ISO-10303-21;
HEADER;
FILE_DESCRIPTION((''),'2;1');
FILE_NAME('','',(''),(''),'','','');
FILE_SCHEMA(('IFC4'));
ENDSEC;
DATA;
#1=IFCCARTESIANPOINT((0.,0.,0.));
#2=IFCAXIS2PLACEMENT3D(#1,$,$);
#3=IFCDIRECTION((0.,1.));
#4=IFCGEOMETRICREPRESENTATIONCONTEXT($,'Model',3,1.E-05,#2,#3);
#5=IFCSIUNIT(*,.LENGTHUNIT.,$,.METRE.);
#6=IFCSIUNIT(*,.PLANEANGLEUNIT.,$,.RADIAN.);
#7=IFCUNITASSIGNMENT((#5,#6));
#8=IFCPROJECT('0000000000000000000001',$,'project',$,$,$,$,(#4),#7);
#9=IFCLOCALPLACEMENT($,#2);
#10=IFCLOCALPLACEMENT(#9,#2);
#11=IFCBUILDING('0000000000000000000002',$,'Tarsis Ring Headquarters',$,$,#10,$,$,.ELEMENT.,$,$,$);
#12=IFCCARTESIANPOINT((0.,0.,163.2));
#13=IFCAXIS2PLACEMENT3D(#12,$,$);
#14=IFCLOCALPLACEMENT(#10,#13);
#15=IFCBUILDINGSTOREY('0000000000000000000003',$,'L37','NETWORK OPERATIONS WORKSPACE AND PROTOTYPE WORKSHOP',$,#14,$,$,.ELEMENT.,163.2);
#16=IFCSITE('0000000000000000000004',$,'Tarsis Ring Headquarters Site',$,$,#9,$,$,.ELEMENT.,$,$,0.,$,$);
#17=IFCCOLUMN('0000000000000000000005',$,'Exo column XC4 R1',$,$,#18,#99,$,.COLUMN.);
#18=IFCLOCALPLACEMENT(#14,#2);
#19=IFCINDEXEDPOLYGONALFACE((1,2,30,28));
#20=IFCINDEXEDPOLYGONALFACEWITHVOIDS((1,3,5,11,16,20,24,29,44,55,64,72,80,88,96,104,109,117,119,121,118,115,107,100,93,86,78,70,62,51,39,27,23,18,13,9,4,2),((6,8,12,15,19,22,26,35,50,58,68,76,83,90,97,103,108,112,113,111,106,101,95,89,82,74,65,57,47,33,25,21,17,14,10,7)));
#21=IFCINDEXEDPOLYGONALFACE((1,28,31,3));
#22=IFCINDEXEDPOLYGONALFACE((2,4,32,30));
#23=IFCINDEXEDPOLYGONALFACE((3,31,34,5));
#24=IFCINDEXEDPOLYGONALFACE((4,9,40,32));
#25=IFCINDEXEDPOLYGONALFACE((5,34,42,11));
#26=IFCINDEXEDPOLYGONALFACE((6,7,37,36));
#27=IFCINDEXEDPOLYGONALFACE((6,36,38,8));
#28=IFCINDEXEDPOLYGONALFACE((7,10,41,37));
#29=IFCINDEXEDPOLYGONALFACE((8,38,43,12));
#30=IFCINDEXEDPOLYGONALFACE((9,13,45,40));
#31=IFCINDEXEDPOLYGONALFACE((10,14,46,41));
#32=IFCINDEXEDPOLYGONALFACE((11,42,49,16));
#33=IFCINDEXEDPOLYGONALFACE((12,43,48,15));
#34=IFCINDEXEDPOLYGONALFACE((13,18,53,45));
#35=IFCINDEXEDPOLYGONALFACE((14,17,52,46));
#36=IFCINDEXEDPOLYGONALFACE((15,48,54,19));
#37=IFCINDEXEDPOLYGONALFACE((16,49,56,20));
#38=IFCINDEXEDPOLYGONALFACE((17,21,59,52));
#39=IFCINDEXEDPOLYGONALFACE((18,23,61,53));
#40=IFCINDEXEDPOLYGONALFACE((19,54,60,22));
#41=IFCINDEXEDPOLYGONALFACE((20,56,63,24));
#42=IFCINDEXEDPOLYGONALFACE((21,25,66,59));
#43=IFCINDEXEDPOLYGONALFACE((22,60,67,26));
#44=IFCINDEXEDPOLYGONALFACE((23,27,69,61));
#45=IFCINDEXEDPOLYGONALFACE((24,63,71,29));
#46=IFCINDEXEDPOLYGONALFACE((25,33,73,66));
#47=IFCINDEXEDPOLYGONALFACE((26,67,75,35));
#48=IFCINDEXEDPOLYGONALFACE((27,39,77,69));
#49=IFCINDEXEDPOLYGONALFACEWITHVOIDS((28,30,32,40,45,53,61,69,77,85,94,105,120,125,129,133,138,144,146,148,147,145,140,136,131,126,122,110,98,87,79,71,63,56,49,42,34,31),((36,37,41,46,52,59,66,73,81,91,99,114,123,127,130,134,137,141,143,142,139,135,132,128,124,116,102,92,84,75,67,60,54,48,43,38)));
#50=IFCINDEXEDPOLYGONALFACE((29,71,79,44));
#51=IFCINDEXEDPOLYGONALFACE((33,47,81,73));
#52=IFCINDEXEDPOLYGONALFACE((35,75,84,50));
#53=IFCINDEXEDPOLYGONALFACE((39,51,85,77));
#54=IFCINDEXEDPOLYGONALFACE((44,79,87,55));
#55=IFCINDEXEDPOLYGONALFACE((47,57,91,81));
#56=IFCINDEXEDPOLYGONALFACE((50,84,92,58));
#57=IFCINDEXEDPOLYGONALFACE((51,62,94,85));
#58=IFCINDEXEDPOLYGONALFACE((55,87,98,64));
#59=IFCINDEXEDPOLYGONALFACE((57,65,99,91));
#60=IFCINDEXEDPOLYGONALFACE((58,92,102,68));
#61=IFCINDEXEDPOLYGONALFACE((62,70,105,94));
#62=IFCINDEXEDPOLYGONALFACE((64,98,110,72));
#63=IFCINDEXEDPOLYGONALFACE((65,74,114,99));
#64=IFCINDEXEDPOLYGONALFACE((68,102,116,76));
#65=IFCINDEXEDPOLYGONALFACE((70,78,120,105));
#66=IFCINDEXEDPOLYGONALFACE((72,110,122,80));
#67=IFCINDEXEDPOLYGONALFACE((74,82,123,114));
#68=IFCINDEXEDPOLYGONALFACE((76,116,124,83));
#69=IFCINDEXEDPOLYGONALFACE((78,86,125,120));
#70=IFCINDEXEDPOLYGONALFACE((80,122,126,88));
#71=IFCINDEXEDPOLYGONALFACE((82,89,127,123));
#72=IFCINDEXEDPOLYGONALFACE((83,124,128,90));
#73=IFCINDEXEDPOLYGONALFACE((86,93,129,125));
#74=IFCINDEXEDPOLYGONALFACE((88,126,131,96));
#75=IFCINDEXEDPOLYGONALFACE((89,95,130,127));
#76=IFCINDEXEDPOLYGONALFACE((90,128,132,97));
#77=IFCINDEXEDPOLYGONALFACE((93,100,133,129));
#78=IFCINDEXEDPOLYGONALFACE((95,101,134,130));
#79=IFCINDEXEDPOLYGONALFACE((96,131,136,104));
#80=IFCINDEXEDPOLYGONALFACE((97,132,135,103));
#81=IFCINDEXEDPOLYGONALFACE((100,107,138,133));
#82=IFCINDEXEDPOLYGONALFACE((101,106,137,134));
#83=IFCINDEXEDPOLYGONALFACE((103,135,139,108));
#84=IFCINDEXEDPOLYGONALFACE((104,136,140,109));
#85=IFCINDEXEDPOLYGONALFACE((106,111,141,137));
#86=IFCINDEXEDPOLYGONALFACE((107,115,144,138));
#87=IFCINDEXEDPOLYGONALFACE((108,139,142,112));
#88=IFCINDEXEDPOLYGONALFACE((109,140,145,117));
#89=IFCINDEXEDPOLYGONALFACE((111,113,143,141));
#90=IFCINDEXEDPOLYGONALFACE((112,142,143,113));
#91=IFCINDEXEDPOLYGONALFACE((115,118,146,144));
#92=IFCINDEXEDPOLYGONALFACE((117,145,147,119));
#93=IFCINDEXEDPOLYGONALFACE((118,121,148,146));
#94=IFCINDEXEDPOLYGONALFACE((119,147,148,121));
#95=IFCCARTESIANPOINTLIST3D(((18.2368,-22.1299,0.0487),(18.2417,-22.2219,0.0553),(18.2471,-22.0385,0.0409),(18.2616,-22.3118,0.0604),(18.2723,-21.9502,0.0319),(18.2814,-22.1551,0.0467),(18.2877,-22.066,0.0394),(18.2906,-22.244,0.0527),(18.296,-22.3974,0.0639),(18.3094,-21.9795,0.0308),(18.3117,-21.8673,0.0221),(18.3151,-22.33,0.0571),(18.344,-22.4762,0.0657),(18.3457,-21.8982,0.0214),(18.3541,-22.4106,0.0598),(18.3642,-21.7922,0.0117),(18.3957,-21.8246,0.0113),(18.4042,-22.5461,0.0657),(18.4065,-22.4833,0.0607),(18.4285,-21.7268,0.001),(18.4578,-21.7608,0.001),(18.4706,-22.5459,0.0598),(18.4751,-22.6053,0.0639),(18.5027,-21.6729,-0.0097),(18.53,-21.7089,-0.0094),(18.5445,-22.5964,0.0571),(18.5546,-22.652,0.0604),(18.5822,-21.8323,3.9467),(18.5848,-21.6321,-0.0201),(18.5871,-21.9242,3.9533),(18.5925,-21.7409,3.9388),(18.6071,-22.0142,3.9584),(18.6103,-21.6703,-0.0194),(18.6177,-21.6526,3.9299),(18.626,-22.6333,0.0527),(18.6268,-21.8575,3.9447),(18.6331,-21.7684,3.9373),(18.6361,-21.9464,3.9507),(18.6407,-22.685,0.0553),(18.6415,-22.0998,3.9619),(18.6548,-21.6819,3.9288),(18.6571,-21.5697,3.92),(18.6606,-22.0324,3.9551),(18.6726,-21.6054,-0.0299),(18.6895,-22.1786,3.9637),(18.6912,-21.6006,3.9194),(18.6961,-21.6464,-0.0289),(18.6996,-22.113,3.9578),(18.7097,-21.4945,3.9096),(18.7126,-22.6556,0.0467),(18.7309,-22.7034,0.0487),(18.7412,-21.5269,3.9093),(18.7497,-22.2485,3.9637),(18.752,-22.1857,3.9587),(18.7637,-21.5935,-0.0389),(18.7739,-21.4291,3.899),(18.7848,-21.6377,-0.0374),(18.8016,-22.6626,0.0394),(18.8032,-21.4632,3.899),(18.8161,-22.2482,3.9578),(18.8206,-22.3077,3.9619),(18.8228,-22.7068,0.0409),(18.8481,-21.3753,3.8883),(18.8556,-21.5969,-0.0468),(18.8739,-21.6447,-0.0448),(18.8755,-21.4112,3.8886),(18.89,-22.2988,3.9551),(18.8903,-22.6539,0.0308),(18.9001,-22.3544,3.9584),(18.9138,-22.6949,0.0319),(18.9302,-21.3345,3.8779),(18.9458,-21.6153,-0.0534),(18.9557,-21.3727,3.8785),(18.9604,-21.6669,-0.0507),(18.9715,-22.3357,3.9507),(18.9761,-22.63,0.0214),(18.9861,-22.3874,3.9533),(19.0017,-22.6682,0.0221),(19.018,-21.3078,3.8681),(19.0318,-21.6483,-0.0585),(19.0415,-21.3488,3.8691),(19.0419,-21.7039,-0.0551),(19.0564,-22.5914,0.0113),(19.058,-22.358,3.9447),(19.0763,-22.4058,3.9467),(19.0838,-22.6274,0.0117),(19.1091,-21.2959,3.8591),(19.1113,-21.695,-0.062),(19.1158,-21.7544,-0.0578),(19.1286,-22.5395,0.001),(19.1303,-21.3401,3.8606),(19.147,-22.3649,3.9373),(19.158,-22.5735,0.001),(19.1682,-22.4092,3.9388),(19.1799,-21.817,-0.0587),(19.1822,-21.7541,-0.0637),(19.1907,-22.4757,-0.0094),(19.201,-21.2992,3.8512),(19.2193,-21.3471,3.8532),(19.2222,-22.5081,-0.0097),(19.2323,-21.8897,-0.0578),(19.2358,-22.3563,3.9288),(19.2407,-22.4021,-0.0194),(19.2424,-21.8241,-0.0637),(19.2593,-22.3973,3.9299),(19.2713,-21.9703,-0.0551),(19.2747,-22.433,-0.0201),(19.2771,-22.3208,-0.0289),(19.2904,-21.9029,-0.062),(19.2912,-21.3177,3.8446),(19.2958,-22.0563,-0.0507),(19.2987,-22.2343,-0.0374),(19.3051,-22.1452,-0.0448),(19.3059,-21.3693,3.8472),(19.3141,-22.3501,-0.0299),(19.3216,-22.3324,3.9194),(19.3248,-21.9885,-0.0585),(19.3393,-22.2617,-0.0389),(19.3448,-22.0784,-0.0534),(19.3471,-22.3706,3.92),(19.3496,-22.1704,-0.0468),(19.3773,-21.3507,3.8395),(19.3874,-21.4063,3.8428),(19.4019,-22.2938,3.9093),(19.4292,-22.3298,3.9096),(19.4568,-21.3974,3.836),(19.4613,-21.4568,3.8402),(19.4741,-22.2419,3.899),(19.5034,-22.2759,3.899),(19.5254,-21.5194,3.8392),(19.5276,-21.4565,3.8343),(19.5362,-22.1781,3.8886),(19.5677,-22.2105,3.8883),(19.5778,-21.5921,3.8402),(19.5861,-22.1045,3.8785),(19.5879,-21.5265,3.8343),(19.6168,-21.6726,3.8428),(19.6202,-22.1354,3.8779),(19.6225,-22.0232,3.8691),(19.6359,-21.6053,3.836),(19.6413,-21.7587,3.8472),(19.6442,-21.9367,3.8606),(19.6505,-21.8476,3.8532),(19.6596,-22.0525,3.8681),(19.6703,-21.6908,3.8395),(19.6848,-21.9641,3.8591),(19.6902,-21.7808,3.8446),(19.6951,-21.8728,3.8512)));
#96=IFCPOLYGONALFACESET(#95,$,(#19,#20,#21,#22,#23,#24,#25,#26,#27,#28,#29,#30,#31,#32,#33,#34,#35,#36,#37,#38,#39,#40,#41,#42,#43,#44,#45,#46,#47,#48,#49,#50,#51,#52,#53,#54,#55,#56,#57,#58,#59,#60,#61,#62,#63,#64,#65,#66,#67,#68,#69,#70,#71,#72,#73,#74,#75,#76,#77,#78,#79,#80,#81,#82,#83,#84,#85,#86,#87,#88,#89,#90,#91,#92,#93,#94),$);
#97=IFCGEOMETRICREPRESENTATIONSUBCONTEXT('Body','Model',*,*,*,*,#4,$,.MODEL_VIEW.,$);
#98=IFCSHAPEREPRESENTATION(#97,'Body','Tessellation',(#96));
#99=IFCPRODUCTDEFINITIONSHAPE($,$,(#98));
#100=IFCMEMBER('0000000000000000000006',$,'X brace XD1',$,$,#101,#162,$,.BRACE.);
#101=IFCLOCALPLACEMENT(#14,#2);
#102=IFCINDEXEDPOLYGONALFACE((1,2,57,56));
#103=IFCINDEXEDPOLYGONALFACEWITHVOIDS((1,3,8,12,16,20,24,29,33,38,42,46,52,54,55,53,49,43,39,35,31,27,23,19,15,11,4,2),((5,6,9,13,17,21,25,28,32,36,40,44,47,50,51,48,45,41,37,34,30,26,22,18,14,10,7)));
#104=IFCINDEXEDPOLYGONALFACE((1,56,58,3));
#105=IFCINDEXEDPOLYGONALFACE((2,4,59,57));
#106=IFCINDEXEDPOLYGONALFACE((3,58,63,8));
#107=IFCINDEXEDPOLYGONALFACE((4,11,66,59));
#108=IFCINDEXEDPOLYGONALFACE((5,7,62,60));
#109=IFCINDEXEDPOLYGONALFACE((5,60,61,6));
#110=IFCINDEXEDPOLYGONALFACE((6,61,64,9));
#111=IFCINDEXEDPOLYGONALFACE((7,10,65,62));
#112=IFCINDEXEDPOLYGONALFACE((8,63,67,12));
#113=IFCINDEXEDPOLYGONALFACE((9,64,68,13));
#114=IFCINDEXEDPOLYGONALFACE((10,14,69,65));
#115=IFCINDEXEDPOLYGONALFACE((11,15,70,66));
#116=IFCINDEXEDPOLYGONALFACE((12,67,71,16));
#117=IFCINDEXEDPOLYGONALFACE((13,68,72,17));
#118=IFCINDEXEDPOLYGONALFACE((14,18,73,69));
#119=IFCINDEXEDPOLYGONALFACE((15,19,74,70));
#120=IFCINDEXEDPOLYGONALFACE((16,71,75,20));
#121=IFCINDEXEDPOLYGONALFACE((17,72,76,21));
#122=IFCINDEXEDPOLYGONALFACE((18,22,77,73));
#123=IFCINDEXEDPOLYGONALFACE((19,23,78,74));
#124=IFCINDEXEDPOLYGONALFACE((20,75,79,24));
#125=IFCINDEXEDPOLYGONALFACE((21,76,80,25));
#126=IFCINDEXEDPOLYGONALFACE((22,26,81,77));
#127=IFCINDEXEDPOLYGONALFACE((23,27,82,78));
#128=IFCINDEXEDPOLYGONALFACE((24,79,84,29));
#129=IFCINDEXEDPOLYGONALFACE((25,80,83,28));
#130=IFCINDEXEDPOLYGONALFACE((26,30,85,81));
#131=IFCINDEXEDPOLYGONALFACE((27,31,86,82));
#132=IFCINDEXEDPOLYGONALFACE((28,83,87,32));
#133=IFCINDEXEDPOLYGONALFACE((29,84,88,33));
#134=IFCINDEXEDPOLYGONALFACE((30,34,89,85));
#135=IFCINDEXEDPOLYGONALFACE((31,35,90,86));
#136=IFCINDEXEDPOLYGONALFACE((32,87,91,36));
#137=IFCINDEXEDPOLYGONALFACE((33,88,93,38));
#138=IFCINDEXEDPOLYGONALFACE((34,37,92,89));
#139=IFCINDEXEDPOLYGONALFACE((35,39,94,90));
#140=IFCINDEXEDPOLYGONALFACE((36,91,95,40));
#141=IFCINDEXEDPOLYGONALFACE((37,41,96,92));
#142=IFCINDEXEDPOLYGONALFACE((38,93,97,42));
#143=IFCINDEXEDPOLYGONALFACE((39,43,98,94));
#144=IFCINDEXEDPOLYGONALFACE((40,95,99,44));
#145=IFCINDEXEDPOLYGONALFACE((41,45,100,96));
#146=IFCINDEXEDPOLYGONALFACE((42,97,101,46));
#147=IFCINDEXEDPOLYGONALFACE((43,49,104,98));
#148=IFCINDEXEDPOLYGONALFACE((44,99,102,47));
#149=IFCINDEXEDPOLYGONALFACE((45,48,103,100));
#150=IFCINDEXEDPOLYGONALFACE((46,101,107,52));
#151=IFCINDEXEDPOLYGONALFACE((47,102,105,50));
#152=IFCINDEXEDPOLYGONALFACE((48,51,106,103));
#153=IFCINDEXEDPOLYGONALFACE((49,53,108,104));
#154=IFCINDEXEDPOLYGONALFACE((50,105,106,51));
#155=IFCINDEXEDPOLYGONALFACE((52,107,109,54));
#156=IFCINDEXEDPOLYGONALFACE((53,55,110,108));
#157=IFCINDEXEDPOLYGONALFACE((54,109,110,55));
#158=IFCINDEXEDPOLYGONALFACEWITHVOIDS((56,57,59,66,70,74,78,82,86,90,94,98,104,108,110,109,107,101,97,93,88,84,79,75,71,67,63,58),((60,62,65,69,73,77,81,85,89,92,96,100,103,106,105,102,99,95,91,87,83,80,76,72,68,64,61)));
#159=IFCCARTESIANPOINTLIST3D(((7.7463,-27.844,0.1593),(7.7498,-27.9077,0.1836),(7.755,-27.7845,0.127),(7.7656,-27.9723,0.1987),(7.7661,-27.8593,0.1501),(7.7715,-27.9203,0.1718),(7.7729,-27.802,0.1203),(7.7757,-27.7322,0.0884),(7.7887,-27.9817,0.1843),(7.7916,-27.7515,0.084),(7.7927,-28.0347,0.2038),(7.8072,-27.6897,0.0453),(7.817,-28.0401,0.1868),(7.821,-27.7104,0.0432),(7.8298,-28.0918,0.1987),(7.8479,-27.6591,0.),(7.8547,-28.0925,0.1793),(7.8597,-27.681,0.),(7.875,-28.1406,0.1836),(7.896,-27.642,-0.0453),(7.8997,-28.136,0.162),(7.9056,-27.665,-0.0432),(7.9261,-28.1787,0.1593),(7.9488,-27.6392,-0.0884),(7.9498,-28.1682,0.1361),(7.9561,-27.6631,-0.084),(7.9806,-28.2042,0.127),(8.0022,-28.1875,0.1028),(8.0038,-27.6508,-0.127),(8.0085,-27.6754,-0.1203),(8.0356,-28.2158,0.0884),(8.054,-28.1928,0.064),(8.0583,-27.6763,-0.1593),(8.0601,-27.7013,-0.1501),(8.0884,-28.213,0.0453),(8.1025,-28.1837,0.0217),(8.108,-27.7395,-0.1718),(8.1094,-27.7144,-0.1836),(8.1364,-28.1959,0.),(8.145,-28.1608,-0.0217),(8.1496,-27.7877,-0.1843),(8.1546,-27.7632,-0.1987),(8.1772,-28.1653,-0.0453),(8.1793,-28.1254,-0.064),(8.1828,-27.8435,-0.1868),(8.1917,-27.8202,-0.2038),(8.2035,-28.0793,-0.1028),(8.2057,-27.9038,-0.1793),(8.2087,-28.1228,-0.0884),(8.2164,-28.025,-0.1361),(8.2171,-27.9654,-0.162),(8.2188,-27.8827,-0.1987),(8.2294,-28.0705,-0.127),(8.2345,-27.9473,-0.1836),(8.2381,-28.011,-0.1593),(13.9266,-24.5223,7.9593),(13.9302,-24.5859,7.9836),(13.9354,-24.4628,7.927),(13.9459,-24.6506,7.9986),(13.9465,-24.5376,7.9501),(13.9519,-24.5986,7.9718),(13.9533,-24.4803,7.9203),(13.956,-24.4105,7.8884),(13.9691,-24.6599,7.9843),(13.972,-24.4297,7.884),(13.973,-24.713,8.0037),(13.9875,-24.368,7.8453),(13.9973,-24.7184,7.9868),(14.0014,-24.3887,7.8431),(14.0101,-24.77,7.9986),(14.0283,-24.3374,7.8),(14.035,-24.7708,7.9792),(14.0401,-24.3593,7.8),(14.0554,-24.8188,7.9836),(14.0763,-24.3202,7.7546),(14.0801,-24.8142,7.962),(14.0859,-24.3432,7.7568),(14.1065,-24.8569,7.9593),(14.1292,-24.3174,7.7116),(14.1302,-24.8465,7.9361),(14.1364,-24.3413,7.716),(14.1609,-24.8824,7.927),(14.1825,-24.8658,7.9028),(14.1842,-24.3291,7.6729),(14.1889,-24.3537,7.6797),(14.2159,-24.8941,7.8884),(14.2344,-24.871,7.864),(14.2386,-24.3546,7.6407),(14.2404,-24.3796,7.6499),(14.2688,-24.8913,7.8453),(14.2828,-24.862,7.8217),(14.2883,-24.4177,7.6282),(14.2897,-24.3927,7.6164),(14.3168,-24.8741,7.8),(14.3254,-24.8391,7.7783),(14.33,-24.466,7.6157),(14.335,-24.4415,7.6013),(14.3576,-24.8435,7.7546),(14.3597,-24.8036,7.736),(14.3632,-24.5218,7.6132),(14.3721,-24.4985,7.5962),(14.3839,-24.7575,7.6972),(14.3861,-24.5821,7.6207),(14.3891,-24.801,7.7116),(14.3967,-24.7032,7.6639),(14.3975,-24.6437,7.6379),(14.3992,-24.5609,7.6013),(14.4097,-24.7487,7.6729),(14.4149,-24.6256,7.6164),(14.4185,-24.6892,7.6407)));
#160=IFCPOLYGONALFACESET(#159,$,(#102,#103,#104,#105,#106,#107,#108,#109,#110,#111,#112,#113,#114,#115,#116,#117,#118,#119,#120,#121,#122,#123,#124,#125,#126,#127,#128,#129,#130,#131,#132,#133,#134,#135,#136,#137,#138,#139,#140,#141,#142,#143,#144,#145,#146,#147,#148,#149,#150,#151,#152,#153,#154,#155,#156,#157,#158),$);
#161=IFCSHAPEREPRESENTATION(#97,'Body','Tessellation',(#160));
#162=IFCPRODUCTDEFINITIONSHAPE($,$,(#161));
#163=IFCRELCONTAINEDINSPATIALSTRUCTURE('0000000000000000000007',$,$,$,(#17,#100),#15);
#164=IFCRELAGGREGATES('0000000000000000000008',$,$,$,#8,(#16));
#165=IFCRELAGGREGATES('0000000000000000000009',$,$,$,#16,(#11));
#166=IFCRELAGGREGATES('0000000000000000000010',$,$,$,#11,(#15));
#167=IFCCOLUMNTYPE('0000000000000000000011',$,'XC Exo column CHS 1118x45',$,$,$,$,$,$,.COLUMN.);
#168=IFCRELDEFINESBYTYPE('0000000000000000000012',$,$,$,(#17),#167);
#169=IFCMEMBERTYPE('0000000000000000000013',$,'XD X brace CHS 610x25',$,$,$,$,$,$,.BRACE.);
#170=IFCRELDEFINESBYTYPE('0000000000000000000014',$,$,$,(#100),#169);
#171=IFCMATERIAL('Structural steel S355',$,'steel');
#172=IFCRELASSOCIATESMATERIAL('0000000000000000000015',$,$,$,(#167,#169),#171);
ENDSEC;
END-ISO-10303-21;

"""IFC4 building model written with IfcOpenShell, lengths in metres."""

from ifc_helpers import new_model, si_unit, direction, frame, origin, origin_2d, place, context, subcontext, project, spatial, hollow_circle, extrude, material, material_profile, profile_set, type_object, element, save


model = new_model("IFC4")

# Units and contexts
model_context = context("Model", 3, precision=1e-05, world=origin(), true_north=direction((0.0, 1.0)))
body_context = subcontext(model_context, "Body", "Model", "MODEL_VIEW")
ifc_project = project(units=[si_unit("LENGTHUNIT", "METRE"), si_unit("PLANEANGLEUNIT", "RADIAN")], contexts=[model_context])

# Site, building, storey
site_placement = place(None, origin())
site = spatial("IfcSite", under=ifc_project, at=site_placement, Name="Tarsis Ring Headquarters Site", CompositionType="ELEMENT", RefElevation=0.0)
building_placement = place(site_placement, origin())
building = spatial("IfcBuilding", under=site, at=building_placement, Name="Tarsis Ring Headquarters", CompositionType="ELEMENT")
storey_placement = place(building_placement, frame((0.0, 0.0, 163.2)))
storey = spatial("IfcBuildingStorey", under=building, at=storey_placement, Name="L37", Description="NETWORK OPERATIONS WORKSPACE AND PROTOTYPE WORKSHOP", CompositionType="ELEMENT", Elevation=163.2)

# Column
ifc_material_1 = material(Name="Structural steel S355", Category="steel")
ifc_material_profile_1 = material_profile(ifc_material_1, hollow_circle(Radius=0.5588, WallThickness=0.0449, at=origin_2d()), Name="CHS 1118x45")
ifc_profile_set_1 = profile_set([ifc_material_profile_1], Name="Structural steel S355")
column_type = type_object("IfcColumnType", Name="XC Exo column CHS 1118x45", PredefinedType="COLUMN", material=ifc_profile_set_1)
for number, where, z_axis, x_axis, name in (
    (1, (18.7932, -22.1501, 0.001), (0.088026, 0.075833, 0.993228), (-0.652685, 0.757629, 0.0), "Exo column XC4 R1"),
):
    element("IfcColumn", number, at=place(storey_placement, frame(where, z_axis=z_axis, x_axis=x_axis)), inside=storey, type_object=column_type, Name=name, PredefinedType="COLUMN", context=body_context, shape_type="SweptSolid", body=[
        extrude(hollow_circle(Radius=0.5588, WallThickness=0.0449, at=origin_2d()), origin(), (0.0, 0.0, 1.0), 3.9246),
    ])

# Member
ifc_material_profile_2 = material_profile(ifc_material_1, hollow_circle(Radius=0.3047, WallThickness=0.0249, at=origin_2d()), Name="CHS 610x25")
ifc_profile_set_2 = profile_set([ifc_material_profile_2], Name="Structural steel S355")
member_type = type_object("IfcMemberType", Name="XD X brace CHS 610x25", PredefinedType="BRACE", material=ifc_profile_set_2)
member_1_placement = place(storey_placement, frame((7.9922, -27.9275, 0.0), z_axis=(0.589086, 0.316615, 0.74346), x_axis=(-0.473421, 0.880836, 0.0)))
element("IfcMember", 2, at=member_1_placement, inside=storey, type_object=member_type, Name="X brace XD1", PredefinedType="BRACE", context=body_context, shape_type="SweptSolid", body=[
    extrude(hollow_circle(Radius=0.3047, WallThickness=0.0249, at=origin_2d()), origin(), (0.0, 0.0, 1.0), 10.4915),
])

save(model, "model.ifc")
